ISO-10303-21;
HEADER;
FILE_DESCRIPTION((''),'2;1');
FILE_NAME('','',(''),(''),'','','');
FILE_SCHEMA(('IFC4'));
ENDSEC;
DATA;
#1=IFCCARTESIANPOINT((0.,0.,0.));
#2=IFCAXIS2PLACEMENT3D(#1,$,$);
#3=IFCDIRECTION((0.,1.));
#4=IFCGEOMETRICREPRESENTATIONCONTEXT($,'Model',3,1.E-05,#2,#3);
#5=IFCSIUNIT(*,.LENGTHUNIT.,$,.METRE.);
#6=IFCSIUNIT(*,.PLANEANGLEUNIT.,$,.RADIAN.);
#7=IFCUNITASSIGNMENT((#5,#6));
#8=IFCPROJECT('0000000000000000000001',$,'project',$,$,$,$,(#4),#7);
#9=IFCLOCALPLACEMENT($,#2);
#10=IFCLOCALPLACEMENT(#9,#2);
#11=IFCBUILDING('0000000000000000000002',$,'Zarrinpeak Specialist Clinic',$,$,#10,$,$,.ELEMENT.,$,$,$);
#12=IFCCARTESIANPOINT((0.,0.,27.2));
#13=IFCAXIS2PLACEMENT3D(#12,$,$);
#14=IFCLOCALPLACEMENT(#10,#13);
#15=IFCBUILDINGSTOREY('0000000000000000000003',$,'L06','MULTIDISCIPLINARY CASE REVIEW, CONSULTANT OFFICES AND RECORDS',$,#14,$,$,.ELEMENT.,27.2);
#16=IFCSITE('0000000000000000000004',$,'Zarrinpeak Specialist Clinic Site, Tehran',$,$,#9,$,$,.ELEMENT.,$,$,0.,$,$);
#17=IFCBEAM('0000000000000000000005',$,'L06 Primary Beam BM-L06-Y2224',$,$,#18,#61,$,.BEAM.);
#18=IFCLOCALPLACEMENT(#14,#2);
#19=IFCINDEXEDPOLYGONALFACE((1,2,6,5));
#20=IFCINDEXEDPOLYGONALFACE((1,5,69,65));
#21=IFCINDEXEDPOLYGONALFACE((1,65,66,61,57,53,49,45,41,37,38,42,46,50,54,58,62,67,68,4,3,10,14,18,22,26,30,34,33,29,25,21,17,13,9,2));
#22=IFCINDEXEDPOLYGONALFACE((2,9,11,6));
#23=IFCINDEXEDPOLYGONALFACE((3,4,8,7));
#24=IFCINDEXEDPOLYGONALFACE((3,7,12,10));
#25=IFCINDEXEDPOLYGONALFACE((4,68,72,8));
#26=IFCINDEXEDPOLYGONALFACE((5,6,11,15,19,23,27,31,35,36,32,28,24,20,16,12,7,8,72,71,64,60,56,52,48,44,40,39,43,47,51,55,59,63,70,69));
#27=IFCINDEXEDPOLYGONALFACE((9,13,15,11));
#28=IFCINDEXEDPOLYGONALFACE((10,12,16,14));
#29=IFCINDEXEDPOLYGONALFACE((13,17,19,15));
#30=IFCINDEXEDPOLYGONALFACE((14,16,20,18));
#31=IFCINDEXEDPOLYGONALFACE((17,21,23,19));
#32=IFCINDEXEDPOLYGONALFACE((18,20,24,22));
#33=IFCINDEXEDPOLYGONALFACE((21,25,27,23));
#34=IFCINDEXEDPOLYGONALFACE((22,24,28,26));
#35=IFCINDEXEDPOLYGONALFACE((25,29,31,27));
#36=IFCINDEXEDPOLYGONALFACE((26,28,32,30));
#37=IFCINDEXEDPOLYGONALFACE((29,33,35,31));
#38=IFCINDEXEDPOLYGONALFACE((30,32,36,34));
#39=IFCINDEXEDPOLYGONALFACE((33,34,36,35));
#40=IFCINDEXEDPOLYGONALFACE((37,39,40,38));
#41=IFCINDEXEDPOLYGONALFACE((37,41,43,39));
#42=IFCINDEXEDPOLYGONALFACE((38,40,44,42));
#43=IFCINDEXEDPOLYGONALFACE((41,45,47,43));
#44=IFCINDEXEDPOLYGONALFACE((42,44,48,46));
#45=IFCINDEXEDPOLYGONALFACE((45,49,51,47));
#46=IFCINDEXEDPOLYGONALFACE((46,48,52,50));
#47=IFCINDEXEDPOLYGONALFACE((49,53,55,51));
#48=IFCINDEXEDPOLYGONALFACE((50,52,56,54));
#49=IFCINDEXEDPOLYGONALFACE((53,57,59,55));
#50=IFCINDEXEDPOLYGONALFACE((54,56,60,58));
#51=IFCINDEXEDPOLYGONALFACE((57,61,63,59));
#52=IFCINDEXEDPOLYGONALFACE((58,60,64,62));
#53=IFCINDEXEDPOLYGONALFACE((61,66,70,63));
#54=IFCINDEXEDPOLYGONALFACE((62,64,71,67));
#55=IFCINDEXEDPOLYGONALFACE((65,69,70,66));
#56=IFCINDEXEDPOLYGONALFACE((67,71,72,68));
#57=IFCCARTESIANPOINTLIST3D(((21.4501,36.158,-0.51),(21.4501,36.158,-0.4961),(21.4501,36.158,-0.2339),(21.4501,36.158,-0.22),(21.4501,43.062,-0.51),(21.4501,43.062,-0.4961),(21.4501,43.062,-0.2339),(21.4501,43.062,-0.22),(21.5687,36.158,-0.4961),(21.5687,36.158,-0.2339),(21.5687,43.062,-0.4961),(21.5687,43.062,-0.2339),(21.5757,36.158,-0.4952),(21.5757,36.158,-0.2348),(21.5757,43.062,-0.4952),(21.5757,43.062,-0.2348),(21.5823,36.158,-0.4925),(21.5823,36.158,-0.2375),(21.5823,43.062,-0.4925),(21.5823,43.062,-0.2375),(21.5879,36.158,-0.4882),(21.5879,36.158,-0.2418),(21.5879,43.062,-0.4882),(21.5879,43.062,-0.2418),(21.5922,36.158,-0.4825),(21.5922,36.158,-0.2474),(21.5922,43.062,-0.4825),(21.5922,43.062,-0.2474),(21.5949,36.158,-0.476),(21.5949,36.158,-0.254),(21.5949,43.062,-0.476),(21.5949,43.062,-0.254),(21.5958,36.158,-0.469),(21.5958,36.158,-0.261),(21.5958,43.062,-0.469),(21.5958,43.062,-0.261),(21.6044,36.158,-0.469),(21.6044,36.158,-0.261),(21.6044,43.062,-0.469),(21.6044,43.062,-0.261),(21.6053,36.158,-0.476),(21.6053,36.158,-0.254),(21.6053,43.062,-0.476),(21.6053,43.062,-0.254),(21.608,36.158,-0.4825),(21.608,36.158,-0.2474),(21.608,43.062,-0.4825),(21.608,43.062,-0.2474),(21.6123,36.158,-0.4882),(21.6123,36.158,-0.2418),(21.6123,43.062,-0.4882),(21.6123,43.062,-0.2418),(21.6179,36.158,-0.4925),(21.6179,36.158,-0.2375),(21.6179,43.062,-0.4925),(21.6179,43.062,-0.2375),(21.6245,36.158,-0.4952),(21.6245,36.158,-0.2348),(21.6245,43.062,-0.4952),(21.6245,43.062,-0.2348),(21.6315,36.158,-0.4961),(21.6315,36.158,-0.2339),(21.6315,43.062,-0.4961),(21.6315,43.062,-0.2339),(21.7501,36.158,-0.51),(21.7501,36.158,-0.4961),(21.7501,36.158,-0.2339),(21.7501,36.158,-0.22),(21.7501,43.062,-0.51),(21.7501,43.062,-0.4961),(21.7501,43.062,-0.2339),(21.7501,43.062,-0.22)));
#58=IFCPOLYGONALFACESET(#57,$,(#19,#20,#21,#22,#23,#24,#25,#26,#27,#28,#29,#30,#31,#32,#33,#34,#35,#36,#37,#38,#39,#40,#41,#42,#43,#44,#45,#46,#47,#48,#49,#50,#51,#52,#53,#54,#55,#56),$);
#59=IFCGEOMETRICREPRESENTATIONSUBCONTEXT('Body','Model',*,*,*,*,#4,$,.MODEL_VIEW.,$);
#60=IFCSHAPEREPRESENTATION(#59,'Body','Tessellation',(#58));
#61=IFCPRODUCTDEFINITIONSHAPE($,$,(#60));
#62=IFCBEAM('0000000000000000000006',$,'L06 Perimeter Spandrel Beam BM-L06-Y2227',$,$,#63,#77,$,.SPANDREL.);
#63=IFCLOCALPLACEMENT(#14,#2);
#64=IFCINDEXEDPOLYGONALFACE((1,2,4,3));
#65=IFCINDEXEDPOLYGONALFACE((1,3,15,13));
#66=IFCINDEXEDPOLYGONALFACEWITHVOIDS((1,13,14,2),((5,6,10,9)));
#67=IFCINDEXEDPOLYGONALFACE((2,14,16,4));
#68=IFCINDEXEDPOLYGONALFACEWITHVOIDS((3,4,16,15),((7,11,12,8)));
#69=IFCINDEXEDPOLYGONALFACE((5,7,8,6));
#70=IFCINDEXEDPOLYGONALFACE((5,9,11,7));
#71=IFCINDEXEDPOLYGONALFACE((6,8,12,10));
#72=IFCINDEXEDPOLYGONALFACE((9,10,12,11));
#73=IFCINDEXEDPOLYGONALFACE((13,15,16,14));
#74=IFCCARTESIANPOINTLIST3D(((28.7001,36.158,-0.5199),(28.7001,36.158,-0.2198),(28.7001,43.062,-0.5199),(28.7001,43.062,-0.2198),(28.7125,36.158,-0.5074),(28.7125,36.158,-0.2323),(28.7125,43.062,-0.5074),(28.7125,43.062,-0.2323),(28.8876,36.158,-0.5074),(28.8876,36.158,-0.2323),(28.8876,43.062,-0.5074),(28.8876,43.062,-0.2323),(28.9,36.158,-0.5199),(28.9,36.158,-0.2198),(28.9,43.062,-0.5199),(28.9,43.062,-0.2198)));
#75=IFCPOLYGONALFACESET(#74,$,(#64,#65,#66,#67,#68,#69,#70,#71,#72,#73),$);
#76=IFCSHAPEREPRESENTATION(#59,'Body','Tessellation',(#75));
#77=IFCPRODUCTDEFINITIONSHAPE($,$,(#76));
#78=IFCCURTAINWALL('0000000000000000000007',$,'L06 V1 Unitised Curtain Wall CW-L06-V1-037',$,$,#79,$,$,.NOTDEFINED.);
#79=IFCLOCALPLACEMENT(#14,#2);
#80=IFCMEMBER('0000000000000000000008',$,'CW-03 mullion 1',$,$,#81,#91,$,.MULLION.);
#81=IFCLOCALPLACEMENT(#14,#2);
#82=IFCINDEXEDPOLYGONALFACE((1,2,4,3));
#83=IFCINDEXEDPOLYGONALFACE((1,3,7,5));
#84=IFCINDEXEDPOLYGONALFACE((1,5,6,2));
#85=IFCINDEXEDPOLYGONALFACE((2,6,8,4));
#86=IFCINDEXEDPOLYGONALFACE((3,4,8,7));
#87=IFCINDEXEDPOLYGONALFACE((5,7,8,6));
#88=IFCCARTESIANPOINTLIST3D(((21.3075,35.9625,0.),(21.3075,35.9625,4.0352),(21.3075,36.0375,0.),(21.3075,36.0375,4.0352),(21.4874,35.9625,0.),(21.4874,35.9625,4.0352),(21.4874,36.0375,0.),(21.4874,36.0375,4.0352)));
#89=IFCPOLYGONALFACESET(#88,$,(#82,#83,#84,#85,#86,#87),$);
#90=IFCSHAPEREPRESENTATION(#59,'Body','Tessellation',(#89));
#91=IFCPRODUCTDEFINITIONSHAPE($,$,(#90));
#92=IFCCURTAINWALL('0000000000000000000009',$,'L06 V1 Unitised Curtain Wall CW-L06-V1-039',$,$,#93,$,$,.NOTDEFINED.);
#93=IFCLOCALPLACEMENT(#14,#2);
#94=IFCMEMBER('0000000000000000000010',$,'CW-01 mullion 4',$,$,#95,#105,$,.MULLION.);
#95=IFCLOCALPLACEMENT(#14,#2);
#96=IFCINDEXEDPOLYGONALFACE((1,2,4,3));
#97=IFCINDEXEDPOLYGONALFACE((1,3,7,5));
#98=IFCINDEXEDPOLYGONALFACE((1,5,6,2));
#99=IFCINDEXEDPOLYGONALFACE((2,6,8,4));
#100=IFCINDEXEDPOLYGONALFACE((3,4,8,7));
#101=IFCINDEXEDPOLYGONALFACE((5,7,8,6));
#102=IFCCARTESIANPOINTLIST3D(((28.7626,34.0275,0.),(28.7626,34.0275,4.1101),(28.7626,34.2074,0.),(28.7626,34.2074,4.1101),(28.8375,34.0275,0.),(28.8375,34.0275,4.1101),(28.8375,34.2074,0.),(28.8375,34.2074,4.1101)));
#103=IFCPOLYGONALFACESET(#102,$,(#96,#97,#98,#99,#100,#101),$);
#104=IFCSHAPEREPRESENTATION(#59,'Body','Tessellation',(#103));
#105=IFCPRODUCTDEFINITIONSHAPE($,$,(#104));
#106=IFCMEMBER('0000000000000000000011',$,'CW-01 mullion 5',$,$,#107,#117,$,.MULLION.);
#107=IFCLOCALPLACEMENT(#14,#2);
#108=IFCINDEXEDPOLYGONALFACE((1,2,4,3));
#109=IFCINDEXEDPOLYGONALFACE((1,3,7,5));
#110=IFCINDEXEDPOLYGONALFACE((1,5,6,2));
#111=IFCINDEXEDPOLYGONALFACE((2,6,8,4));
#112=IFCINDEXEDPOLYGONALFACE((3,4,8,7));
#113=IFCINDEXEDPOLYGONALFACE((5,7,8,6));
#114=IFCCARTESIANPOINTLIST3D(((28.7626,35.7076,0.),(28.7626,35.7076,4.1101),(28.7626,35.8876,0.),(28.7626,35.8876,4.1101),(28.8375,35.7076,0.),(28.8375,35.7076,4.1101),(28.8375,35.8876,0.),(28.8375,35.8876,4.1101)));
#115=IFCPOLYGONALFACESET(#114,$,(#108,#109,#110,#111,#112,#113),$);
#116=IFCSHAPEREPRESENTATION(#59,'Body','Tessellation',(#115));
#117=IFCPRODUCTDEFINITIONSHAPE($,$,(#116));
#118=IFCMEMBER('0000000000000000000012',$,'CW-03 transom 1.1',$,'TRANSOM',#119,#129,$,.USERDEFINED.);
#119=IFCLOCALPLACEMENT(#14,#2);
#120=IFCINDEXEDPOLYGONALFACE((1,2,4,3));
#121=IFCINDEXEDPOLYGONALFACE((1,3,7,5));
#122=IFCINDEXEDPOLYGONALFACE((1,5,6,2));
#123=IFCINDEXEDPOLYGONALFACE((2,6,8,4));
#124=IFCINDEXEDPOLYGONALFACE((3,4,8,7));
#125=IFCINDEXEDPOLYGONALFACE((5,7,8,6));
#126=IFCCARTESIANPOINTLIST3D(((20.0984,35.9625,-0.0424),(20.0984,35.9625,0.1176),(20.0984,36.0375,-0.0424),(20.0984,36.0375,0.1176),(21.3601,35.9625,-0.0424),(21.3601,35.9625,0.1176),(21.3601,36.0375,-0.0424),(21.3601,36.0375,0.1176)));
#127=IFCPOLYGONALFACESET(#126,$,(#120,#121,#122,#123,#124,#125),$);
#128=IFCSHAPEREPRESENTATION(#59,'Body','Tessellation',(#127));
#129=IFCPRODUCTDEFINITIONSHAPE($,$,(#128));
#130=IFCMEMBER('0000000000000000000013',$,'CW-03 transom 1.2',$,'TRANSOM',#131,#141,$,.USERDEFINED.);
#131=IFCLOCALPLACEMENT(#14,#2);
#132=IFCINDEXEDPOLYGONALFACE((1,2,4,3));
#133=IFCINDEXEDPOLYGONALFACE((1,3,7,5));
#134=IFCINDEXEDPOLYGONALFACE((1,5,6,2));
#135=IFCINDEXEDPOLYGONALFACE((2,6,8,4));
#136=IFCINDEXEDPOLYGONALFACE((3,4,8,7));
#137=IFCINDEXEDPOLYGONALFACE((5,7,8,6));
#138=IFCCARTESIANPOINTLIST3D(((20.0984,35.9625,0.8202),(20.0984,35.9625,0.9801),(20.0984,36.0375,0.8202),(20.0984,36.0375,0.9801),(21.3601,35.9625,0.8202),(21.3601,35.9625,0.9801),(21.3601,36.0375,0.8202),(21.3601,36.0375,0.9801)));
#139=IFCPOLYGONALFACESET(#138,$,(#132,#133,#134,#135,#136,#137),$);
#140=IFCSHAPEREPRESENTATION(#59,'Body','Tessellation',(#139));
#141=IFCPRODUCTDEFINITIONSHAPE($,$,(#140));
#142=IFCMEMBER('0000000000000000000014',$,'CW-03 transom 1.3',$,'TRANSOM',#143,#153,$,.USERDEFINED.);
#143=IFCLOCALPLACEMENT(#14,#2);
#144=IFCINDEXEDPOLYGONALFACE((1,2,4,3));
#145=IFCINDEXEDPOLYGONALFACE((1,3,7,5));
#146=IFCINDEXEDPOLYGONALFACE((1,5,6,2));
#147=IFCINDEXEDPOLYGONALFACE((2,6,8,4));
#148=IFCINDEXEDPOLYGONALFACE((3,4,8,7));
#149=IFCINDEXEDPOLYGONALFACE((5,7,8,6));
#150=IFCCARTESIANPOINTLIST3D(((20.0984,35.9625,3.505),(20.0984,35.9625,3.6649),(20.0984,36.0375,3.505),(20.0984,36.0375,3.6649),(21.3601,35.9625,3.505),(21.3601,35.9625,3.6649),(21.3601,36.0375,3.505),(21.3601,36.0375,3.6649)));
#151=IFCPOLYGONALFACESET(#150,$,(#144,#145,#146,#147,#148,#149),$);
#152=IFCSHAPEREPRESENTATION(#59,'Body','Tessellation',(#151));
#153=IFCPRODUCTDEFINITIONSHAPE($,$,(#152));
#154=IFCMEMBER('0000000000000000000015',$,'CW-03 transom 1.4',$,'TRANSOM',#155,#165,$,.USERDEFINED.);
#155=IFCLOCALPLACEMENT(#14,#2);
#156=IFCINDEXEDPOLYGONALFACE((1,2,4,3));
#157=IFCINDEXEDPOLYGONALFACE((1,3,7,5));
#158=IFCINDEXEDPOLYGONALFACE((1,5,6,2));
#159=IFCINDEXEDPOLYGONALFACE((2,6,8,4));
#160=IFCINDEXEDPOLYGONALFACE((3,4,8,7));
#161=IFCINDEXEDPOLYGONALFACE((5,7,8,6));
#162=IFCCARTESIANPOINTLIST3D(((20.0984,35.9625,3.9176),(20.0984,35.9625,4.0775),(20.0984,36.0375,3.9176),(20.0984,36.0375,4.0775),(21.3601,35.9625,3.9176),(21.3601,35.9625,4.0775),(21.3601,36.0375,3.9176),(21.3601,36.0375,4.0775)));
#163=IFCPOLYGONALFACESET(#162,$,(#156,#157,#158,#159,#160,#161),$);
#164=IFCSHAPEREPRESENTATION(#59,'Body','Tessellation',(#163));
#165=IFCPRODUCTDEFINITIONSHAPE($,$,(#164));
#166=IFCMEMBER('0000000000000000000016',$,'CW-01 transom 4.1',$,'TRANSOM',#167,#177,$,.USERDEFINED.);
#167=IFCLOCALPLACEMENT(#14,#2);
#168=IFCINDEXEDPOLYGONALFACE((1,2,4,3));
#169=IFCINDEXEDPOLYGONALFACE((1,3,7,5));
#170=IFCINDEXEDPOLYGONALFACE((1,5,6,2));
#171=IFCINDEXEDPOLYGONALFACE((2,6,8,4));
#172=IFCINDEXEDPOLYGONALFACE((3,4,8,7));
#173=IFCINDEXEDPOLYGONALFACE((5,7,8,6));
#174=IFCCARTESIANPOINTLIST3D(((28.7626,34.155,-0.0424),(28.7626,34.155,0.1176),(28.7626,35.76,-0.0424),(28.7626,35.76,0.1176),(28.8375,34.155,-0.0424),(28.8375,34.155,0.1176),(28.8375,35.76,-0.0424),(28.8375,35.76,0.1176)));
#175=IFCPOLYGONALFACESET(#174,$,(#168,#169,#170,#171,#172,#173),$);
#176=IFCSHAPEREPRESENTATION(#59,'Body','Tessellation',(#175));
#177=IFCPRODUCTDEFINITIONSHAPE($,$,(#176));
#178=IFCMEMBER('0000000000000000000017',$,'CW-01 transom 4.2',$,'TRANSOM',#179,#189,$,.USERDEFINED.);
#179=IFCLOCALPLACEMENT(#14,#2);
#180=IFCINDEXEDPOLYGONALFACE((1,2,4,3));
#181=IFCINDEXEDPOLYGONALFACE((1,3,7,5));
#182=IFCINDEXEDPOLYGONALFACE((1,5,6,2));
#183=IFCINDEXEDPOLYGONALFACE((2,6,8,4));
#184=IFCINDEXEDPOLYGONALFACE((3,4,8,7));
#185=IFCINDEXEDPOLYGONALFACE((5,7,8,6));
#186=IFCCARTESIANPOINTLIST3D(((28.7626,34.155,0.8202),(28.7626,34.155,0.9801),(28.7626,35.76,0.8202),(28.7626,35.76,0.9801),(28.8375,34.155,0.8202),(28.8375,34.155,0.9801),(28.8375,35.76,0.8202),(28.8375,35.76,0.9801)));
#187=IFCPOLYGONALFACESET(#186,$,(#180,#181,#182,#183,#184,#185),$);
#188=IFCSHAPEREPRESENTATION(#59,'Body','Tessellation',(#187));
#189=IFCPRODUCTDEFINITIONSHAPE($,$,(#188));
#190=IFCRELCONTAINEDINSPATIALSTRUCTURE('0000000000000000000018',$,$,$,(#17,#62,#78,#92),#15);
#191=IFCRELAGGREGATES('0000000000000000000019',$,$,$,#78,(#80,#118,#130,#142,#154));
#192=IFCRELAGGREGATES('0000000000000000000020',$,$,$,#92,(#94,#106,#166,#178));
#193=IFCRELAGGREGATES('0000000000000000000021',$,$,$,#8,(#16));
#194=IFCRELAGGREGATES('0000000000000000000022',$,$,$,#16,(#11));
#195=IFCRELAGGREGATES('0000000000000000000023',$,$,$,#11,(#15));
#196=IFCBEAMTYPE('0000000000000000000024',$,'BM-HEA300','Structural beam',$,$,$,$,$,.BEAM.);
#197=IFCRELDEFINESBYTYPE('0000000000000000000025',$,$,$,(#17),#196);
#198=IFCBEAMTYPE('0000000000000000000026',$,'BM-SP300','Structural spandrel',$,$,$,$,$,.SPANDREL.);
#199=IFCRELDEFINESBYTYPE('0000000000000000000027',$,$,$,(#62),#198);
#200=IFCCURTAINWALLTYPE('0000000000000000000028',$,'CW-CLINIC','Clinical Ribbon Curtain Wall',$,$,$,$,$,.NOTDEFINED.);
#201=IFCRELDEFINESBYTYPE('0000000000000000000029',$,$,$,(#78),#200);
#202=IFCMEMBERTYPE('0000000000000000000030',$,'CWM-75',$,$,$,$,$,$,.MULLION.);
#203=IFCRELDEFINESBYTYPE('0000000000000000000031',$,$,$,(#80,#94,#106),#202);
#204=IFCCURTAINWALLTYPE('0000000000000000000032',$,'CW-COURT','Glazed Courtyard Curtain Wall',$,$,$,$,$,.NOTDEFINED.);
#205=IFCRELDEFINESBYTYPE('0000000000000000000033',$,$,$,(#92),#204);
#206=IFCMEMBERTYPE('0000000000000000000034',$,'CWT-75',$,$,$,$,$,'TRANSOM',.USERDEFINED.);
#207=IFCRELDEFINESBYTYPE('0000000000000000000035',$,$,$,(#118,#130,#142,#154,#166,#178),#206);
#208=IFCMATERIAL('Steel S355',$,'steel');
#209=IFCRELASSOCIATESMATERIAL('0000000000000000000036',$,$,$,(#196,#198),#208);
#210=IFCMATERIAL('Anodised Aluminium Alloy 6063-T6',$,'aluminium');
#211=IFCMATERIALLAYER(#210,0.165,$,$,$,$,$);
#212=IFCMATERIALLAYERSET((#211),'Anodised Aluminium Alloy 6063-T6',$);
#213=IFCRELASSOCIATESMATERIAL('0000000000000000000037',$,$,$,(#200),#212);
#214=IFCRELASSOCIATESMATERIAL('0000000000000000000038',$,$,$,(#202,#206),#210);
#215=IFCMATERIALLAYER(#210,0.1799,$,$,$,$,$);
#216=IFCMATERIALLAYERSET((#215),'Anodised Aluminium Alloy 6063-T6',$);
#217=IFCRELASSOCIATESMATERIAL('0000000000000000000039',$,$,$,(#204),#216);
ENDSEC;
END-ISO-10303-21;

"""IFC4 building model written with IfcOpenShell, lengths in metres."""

from ifc_helpers import new_model, si_unit, direction, frame, origin, origin_2d, place, context, subcontext, project, spatial, rectangle, hollow_rectangle, i_section, extrude, material, layer, layer_set, material_profile, profile_set, type_object, element, aggregate, save


model = new_model("IFC4")

# Units and contexts
model_context = context("Model", 3, precision=1e-05, world=origin(), true_north=direction((0.0, 1.0)))
body_context = subcontext(model_context, "Body", "Model", "MODEL_VIEW")
ifc_project = project(units=[si_unit("LENGTHUNIT", "METRE"), si_unit("PLANEANGLEUNIT", "RADIAN")], contexts=[model_context])

# Site, building, storey
site_placement = place(None, origin())
site = spatial("IfcSite", under=ifc_project, at=site_placement, Name="Zarrinpeak Specialist Clinic Site, Tehran", CompositionType="ELEMENT", RefElevation=0.0)
building_placement = place(site_placement, origin())
building = spatial("IfcBuilding", under=site, at=building_placement, Name="Zarrinpeak Specialist Clinic", CompositionType="ELEMENT")
storey_placement = place(building_placement, frame((0.0, 0.0, 27.2)))
storey = spatial("IfcBuildingStorey", under=building, at=storey_placement, Name="L06", Description="MULTIDISCIPLINARY CASE REVIEW, CONSULTANT OFFICES AND RECORDS", CompositionType="ELEMENT", Elevation=27.2)

# Shared definitions
ifc_material_1 = material(Name="Steel S355", Category="steel")

# Beams
ifc_material_profile_1 = material_profile(ifc_material_1, i_section(OverallWidth=0.3, OverallDepth=0.29, WebThickness=0.0085, FlangeThickness=0.0139, FilletRadius=0.0271, at=origin_2d()), Name="HEA 300")
ifc_profile_set_1 = profile_set([ifc_material_profile_1], Name="Steel S355")
beam_type_1 = type_object("IfcBeamType", Name="BM-HEA300", Description="Structural beam", PredefinedType="BEAM", material=ifc_profile_set_1)
beam_1_placement = place(storey_placement, frame((21.6001, 36.158, -0.365), z_axis=(0.0, 1.0, 0.0), x_axis=(-1.0, 0.0, 0.0)))
element("IfcBeam", 1, at=beam_1_placement, inside=storey, type_object=beam_type_1, Name="L06 Primary Beam BM-L06-Y2224", PredefinedType="BEAM", context=body_context, shape_type="SweptSolid", body=[
    extrude(i_section(OverallWidth=0.3, OverallDepth=0.29, WebThickness=0.0085, FlangeThickness=0.0139, FilletRadius=0.0271, at=origin_2d()), origin(), (0.0, 0.0, 1.0), 6.9041),
])
ifc_material_profile_2 = material_profile(ifc_material_1, hollow_rectangle(XDim=0.2, YDim=0.3, WallThickness=0.0125, at=origin_2d()), Name="RHS 300x200x12.5")
ifc_profile_set_2 = profile_set([ifc_material_profile_2], Name="Steel S355")
beam_type_2 = type_object("IfcBeamType", Name="BM-SP300", Description="Structural spandrel", PredefinedType="SPANDREL", material=ifc_profile_set_2)
beam_2_placement = place(storey_placement, frame((28.8, 36.158, -0.3699), z_axis=(0.0, 1.0, 0.0), x_axis=(-1.0, 0.0, 0.0)))
element("IfcBeam", 2, at=beam_2_placement, inside=storey, type_object=beam_type_2, Name="L06 Perimeter Spandrel Beam BM-L06-Y2227", PredefinedType="SPANDREL", context=body_context, shape_type="SweptSolid", body=[
    extrude(hollow_rectangle(XDim=0.2, YDim=0.3, WallThickness=0.0125, at=origin_2d()), origin(), (0.0, 0.0, 1.0), 6.9041),
])

# Curtain wall, member
ifc_material_2 = material(Name="Anodised Aluminium Alloy 6063-T6", Category="aluminium")
ifc_layer_1 = layer(ifc_material_2, 0.165)
ifc_layer_set_1 = layer_set([ifc_layer_1], Name="Anodised Aluminium Alloy 6063-T6")
curtain_wall_type_1 = type_object("IfcCurtainWallType", Name="CW-CLINIC", Description="Clinical Ribbon Curtain Wall", PredefinedType="NOTDEFINED", material=ifc_layer_set_1)
curtain_wall_1_placement = place(storey_placement, origin())
curtain_wall_1 = element("IfcCurtainWall", 3, at=curtain_wall_1_placement, inside=storey, type_object=curtain_wall_type_1, Name="L06 V1 Unitised Curtain Wall CW-L06-V1-037", PredefinedType="NOTDEFINED")
ifc_material_profile_3 = material_profile(ifc_material_2, rectangle(XDim=0.075, YDim=0.1799, at=origin_2d()), Name="ALU 75x180")
ifc_profile_set_3 = profile_set([ifc_material_profile_3], Name="Anodised Aluminium Alloy 6063-T6")
member_type_1 = type_object("IfcMemberType", Name="CWM-75", PredefinedType="MULLION", material=ifc_profile_set_3)
member_1_placement = place(storey_placement, frame((21.3975, 36.0, 0.0), z_axis=(0.0, 0.0, 1.0), x_axis=(0.0, -1.0, 0.0)))
member_1 = element("IfcMember", 4, at=member_1_placement, type_object=member_type_1, Name="CW-03 mullion 1", PredefinedType="MULLION", context=body_context, shape_type="SweptSolid", body=[
    extrude(rectangle(XDim=0.075, YDim=0.1799, at=origin_2d()), origin(), (0.0, 0.0, 1.0), 4.0352),
])

# Curtain wall, members
ifc_layer_2 = layer(ifc_material_2, 0.1799)
ifc_layer_set_2 = layer_set([ifc_layer_2], Name="Anodised Aluminium Alloy 6063-T6")
curtain_wall_type_2 = type_object("IfcCurtainWallType", Name="CW-COURT", Description="Glazed Courtyard Curtain Wall", PredefinedType="NOTDEFINED", material=ifc_layer_set_2)
curtain_wall_2_placement = place(storey_placement, origin())
curtain_wall_2 = element("IfcCurtainWall", 5, at=curtain_wall_2_placement, inside=storey, type_object=curtain_wall_type_2, Name="L06 V1 Unitised Curtain Wall CW-L06-V1-039", PredefinedType="NOTDEFINED")
member_2_placement = place(storey_placement, frame((28.8, 34.1174, 0.0), z_axis=(0.0, 0.0, 1.0), x_axis=(-1.0, 0.0, 0.0)))
member_2 = element("IfcMember", 6, at=member_2_placement, type_object=member_type_1, Name="CW-01 mullion 4", PredefinedType="MULLION", context=body_context, shape_type="SweptSolid", body=[
    extrude(rectangle(XDim=0.075, YDim=0.1799, at=origin_2d()), origin(), (0.0, 0.0, 1.0), 4.1101),
])
member_3_placement = place(storey_placement, frame((28.8, 35.7976, 0.0), z_axis=(0.0, 0.0, 1.0), x_axis=(-1.0, 0.0, 0.0)))
member_3 = element("IfcMember", 7, at=member_3_placement, type_object=member_type_1, Name="CW-01 mullion 5", PredefinedType="MULLION", context=body_context, shape_type="SweptSolid", body=[
    extrude(rectangle(XDim=0.075, YDim=0.1799, at=origin_2d()), origin(), (0.0, 0.0, 1.0), 4.1101),
])

# Members
ifc_material_profile_4 = material_profile(ifc_material_2, rectangle(XDim=0.075, YDim=0.1599, at=origin_2d()), Name="ALU 75x160")
ifc_profile_set_4 = profile_set([ifc_material_profile_4], Name="Anodised Aluminium Alloy 6063-T6")
member_type_2 = type_object("IfcMemberType", Name="CWT-75", ElementType="TRANSOM", PredefinedType="USERDEFINED", material=ifc_profile_set_4)
member_4_placement = place(storey_placement, frame((21.3601, 36.0, 0.0376), z_axis=(-1.0, 0.0, 0.0), x_axis=(0.0, -1.0, 0.0)))
member_4 = element("IfcMember", 8, at=member_4_placement, type_object=member_type_2, Name="CW-03 transom 1.1", ObjectType="TRANSOM", PredefinedType="USERDEFINED", context=body_context, shape_type="SweptSolid", body=[
    extrude(rectangle(XDim=0.075, YDim=0.1599, at=origin_2d()), origin(), (0.0, 0.0, 1.0), 1.2617),
])
member_5_placement = place(storey_placement, frame((21.3601, 36.0, 0.9001), z_axis=(-1.0, 0.0, 0.0), x_axis=(0.0, -1.0, 0.0)))
member_5 = element("IfcMember", 9, at=member_5_placement, type_object=member_type_2, Name="CW-03 transom 1.2", ObjectType="TRANSOM", PredefinedType="USERDEFINED", context=body_context, shape_type="SweptSolid", body=[
    extrude(rectangle(XDim=0.075, YDim=0.1599, at=origin_2d()), origin(), (0.0, 0.0, 1.0), 1.2617),
])
member_6_placement = place(storey_placement, frame((21.3601, 36.0, 3.585), z_axis=(-1.0, 0.0, 0.0), x_axis=(0.0, -1.0, 0.0)))
member_6 = element("IfcMember", 10, at=member_6_placement, type_object=member_type_2, Name="CW-03 transom 1.3", ObjectType="TRANSOM", PredefinedType="USERDEFINED", context=body_context, shape_type="SweptSolid", body=[
    extrude(rectangle(XDim=0.075, YDim=0.1599, at=origin_2d()), origin(), (0.0, 0.0, 1.0), 1.2617),
])
member_7_placement = place(storey_placement, frame((21.3601, 36.0, 3.9976), z_axis=(-1.0, 0.0, 0.0), x_axis=(0.0, -1.0, 0.0)))
member_7 = element("IfcMember", 11, at=member_7_placement, type_object=member_type_2, Name="CW-03 transom 1.4", ObjectType="TRANSOM", PredefinedType="USERDEFINED", context=body_context, shape_type="SweptSolid", body=[
    extrude(rectangle(XDim=0.075, YDim=0.1599, at=origin_2d()), origin(), (0.0, 0.0, 1.0), 1.2617),
])
member_8_placement = place(storey_placement, frame((28.8, 34.155, 0.0376), z_axis=(0.0, 1.0, 0.0), x_axis=(-1.0, 0.0, 0.0)))
member_8 = element("IfcMember", 12, at=member_8_placement, type_object=member_type_2, Name="CW-01 transom 4.1", ObjectType="TRANSOM", PredefinedType="USERDEFINED", context=body_context, shape_type="SweptSolid", body=[
    extrude(rectangle(XDim=0.075, YDim=0.1599, at=origin_2d()), origin(), (0.0, 0.0, 1.0), 1.605),
])
member_9_placement = place(storey_placement, frame((28.8, 34.155, 0.9001), z_axis=(0.0, 1.0, 0.0), x_axis=(-1.0, 0.0, 0.0)))
member_9 = element("IfcMember", 13, at=member_9_placement, type_object=member_type_2, Name="CW-01 transom 4.2", ObjectType="TRANSOM", PredefinedType="USERDEFINED", context=body_context, shape_type="SweptSolid", body=[
    extrude(rectangle(XDim=0.075, YDim=0.1599, at=origin_2d()), origin(), (0.0, 0.0, 1.0), 1.605),
])

aggregate(curtain_wall_1, [member_1, member_4, member_5, member_6, member_7])
aggregate(curtain_wall_2, [member_2, member_3, member_8, member_9])

save(model, "model.ifc")
